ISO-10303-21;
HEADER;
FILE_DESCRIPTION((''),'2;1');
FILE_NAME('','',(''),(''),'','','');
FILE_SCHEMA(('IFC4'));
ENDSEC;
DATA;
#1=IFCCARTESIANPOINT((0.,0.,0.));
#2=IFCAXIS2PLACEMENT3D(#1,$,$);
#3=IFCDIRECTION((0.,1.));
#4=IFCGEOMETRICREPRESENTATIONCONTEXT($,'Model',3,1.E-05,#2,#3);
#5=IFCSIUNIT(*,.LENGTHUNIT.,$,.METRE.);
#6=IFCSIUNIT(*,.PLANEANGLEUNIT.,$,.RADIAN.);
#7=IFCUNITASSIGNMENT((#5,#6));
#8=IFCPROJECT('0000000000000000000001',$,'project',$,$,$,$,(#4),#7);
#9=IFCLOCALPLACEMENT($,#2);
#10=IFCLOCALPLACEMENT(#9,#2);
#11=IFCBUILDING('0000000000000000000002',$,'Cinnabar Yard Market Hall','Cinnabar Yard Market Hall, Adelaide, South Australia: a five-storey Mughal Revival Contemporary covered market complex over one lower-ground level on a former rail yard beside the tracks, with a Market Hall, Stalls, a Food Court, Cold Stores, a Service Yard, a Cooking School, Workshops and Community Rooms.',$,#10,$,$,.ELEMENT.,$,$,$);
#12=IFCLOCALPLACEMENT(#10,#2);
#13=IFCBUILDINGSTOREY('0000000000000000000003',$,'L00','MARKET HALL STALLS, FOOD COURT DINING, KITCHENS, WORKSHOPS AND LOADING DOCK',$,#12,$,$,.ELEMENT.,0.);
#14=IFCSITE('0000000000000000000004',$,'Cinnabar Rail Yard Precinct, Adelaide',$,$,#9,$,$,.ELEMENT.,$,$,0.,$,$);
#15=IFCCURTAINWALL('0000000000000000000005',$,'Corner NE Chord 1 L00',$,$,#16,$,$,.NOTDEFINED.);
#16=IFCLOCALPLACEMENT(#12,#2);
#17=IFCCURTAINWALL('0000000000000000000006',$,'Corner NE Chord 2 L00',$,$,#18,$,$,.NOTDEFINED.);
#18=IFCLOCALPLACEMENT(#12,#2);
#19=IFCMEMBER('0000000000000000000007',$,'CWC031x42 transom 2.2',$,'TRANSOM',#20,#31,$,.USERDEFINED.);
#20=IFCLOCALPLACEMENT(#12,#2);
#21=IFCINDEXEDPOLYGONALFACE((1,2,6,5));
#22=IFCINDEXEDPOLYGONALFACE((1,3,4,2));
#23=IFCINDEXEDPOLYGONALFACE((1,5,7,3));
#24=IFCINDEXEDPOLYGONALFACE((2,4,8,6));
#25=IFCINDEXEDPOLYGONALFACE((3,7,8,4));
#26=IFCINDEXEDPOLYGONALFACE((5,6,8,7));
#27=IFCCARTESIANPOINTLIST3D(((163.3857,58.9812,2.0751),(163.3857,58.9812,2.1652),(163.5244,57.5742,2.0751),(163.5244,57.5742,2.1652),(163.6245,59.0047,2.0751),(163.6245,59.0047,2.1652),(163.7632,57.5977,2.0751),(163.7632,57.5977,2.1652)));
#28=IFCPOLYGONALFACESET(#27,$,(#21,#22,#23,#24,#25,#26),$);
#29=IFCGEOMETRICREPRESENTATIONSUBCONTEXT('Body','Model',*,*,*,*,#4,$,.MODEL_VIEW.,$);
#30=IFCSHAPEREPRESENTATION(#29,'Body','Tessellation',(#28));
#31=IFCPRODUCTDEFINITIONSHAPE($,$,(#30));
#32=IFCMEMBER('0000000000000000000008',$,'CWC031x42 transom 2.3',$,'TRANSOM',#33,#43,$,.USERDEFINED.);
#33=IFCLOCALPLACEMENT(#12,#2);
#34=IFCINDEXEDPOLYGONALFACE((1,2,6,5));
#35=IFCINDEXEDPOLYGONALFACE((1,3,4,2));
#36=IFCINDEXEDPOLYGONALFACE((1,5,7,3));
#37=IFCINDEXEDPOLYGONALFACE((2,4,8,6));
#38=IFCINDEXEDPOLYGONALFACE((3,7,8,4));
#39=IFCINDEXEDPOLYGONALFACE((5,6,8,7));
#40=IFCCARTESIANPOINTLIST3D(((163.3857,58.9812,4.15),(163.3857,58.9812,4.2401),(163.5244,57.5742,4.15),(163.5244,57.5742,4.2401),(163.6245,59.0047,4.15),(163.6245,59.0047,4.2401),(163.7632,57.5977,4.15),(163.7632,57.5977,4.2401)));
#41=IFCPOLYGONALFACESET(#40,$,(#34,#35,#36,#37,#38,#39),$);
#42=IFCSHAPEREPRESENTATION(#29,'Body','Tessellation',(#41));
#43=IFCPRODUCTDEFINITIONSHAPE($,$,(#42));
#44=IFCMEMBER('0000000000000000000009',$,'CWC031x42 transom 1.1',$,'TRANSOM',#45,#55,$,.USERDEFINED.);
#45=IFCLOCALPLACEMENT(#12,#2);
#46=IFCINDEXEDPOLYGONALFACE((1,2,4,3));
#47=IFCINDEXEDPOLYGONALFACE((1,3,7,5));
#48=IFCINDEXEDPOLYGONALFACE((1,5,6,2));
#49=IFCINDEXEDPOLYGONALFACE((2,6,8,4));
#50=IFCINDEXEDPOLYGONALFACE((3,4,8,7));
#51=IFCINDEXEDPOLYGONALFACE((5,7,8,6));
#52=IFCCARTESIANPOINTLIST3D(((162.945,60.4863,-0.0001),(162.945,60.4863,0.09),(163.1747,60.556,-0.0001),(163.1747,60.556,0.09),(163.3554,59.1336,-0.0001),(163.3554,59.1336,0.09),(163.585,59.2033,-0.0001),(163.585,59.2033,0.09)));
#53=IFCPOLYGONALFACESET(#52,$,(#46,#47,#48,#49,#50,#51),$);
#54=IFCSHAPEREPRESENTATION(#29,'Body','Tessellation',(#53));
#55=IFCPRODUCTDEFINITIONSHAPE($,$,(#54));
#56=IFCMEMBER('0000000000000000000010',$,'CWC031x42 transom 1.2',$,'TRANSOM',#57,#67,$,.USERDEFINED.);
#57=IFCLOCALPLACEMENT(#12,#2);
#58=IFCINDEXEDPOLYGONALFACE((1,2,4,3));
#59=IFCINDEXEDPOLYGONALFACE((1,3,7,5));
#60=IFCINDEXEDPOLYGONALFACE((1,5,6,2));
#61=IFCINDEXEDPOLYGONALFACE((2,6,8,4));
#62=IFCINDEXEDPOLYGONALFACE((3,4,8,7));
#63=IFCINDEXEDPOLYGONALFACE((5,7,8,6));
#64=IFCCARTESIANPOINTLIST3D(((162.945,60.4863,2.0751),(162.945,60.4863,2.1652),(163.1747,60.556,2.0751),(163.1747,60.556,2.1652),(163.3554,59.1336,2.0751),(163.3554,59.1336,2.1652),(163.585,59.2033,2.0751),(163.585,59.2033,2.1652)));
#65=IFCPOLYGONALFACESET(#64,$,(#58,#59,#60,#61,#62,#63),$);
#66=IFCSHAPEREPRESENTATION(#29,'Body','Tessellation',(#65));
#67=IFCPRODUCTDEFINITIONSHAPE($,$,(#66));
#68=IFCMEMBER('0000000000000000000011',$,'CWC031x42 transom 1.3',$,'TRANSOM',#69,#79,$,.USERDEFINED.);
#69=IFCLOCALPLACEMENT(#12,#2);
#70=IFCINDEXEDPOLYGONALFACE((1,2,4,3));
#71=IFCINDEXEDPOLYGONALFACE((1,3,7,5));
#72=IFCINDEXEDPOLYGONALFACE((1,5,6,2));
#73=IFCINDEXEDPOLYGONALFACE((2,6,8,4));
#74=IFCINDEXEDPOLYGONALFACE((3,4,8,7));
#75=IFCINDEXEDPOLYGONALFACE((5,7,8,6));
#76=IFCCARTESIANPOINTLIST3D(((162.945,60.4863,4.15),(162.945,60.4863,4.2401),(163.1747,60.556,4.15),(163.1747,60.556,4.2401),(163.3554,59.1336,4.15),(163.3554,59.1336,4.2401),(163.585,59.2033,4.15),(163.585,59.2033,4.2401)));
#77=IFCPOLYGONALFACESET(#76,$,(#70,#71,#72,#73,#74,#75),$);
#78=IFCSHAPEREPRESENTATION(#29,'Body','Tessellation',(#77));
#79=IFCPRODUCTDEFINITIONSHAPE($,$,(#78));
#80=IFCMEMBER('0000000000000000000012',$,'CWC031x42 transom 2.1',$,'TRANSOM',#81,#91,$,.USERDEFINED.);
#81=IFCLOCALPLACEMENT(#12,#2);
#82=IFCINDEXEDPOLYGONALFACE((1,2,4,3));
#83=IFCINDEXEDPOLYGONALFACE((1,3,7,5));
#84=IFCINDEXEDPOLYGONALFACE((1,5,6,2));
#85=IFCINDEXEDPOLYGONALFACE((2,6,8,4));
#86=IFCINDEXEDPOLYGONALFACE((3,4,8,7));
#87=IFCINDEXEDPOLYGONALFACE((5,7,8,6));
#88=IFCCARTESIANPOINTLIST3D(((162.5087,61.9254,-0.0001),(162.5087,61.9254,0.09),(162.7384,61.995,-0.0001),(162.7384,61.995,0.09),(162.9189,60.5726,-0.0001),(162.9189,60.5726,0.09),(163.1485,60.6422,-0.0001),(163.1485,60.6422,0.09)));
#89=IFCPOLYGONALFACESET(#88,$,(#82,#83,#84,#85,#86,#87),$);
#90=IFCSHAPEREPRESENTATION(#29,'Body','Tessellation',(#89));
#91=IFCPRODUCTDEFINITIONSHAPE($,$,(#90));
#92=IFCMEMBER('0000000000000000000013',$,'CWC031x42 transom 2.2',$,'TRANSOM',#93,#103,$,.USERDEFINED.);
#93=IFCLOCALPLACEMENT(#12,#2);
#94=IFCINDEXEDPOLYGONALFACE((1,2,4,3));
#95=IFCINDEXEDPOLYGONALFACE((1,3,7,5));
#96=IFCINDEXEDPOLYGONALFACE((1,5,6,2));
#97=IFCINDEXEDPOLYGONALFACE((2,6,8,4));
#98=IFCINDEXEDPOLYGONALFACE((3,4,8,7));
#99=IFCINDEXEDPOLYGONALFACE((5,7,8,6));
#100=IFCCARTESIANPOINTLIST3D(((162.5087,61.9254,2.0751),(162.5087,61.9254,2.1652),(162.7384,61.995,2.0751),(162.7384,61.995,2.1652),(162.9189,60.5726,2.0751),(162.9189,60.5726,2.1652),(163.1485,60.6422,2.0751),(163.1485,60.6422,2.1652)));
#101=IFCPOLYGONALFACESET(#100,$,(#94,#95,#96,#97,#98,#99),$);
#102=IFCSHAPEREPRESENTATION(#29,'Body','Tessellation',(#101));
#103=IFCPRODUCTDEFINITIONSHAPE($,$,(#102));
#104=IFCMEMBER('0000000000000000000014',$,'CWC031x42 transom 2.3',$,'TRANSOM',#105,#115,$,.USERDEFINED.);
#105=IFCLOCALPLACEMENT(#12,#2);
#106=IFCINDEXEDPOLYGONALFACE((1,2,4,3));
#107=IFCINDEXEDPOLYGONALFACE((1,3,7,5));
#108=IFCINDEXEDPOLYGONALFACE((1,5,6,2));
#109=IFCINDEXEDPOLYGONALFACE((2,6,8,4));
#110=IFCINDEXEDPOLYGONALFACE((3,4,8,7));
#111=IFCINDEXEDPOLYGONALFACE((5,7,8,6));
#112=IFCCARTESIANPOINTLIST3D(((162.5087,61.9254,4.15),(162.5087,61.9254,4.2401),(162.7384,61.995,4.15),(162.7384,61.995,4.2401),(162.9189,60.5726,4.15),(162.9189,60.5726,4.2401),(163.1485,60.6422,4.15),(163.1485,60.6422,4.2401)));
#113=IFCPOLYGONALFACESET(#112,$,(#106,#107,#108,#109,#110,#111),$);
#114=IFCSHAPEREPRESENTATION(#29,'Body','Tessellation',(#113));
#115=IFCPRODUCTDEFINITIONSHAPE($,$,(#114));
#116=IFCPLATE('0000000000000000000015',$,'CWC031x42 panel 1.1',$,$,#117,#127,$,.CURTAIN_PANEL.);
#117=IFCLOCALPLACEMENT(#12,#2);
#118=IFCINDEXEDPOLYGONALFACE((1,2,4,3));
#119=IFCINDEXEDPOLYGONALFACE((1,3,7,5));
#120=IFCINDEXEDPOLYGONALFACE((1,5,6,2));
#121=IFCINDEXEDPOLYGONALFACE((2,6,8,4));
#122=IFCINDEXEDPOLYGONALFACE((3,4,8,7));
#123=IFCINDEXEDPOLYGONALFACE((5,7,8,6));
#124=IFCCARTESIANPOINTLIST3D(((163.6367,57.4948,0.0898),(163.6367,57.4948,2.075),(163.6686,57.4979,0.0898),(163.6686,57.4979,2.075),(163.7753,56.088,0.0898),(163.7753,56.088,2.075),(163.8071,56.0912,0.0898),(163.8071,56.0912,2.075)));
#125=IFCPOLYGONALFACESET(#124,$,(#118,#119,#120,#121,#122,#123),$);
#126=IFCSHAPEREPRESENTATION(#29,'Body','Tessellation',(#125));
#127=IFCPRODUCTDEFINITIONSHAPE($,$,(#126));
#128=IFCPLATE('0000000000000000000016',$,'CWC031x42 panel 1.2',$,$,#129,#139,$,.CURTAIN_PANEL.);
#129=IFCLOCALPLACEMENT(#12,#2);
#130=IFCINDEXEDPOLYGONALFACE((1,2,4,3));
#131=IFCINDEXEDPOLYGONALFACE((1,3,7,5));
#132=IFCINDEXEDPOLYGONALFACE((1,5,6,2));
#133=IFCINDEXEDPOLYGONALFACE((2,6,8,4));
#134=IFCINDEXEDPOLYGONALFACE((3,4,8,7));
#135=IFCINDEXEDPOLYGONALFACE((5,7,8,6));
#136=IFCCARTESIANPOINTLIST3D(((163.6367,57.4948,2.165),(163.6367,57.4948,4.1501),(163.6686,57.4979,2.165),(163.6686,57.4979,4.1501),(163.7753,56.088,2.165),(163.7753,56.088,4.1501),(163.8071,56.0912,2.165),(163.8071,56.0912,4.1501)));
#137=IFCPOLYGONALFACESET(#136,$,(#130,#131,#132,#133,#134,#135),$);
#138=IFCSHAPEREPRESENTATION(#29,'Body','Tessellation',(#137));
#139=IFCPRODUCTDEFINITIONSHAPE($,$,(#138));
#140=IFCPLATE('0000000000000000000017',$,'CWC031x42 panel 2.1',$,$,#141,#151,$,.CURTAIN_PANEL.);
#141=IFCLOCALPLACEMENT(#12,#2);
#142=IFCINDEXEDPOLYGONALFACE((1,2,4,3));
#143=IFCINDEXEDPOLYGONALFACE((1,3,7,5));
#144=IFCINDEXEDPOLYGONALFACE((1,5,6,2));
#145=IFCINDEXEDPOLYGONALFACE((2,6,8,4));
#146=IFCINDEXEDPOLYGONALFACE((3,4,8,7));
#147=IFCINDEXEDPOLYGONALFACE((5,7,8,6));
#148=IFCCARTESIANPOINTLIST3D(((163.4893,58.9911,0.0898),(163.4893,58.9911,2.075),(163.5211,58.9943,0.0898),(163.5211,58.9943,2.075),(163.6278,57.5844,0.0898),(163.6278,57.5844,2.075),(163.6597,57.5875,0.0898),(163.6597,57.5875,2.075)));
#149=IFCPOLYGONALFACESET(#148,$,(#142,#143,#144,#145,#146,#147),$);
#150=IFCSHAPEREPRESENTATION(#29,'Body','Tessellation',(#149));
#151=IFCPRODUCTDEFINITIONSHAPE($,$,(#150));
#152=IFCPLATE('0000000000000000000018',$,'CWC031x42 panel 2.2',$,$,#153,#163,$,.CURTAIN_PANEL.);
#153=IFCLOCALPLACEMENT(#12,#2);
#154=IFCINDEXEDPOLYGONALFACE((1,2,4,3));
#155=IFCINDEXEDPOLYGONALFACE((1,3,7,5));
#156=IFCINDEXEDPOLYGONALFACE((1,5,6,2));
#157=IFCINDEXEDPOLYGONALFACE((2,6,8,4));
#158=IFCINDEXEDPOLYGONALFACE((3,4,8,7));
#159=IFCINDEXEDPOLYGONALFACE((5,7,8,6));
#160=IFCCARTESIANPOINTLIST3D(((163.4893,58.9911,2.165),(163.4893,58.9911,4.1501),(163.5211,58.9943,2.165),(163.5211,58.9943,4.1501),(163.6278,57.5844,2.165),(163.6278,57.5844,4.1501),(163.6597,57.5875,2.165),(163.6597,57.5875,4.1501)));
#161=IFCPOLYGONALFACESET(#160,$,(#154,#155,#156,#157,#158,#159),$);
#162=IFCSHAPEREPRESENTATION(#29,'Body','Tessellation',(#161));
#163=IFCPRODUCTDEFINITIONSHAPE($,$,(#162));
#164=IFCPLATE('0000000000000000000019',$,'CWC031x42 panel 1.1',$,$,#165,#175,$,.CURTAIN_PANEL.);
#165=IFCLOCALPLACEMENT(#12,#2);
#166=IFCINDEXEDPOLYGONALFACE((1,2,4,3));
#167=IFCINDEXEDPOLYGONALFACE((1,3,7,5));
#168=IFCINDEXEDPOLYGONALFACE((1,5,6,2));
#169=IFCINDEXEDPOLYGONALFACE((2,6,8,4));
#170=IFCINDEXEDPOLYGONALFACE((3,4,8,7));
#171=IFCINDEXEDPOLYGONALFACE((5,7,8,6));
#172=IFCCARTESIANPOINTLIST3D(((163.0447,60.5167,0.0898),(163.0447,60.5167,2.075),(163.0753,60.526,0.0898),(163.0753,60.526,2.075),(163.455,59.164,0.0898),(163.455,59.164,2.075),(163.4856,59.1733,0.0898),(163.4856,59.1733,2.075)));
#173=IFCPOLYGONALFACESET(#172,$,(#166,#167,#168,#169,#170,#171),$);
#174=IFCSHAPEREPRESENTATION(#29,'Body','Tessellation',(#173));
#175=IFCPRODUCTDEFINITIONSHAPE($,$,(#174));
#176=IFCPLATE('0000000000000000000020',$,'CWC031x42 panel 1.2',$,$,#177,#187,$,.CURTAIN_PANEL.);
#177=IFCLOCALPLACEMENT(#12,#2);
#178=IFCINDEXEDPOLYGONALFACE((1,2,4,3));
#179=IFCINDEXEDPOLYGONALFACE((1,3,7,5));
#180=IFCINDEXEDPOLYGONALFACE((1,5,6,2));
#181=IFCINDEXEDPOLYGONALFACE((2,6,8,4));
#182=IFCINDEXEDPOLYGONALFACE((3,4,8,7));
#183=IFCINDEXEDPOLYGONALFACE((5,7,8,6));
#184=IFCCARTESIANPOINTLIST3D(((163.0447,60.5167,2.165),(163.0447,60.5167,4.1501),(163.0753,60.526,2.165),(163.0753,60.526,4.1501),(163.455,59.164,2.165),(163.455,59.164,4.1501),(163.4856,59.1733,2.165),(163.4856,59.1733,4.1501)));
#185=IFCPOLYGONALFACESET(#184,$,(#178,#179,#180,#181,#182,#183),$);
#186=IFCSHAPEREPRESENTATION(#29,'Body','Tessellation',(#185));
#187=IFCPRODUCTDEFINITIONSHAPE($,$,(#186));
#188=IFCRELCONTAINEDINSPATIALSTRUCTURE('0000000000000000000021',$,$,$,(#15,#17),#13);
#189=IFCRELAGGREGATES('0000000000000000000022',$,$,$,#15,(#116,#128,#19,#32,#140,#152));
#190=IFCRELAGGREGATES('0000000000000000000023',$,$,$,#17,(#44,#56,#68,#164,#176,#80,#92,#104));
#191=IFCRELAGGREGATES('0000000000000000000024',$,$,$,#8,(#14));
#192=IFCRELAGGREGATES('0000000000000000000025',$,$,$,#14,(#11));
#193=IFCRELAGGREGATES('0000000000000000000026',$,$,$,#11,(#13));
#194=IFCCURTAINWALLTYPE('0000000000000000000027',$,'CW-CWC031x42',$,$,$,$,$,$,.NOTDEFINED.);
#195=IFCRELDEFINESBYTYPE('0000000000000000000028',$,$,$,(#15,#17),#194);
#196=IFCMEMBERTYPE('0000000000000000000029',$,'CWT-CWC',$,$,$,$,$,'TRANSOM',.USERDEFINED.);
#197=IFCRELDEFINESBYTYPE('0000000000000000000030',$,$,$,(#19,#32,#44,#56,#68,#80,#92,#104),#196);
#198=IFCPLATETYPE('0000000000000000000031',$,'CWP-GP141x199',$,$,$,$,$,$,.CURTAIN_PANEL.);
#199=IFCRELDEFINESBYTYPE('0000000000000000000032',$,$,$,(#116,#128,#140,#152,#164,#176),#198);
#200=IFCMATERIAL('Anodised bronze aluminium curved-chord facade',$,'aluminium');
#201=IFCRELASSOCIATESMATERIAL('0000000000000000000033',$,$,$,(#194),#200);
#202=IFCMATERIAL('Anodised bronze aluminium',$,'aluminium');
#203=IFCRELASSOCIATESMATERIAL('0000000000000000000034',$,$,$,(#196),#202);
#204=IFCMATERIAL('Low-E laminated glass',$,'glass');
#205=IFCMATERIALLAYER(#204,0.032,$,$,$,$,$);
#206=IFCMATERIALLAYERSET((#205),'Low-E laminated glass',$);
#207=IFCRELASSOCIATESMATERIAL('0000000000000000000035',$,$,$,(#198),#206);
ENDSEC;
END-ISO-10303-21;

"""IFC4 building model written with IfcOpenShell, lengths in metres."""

from ifc_helpers import new_model, si_unit, direction, frame, origin, origin_2d_with_axis, place, context, subcontext, project, spatial, rectangle, extrude, material, layer, layer_set, material_profile, profile_set, type_object, element, aggregate, save


model = new_model("IFC4")

# Units and contexts
model_context = context("Model", 3, precision=1e-05, world=origin(), true_north=direction((0.0, 1.0)))
body_context = subcontext(model_context, "Body", "Model", "MODEL_VIEW")
ifc_project = project(units=[si_unit("LENGTHUNIT", "METRE"), si_unit("PLANEANGLEUNIT", "RADIAN")], contexts=[model_context])

# Site, building, storey
site_placement = place(None, origin())
site = spatial("IfcSite", under=ifc_project, at=site_placement, Name="Cinnabar Rail Yard Precinct, Adelaide", CompositionType="ELEMENT", RefElevation=0.0)
building_placement = place(site_placement, origin())
building = spatial("IfcBuilding", under=site, at=building_placement, Name="Cinnabar Yard Market Hall", Description="Cinnabar Yard Market Hall, Adelaide, South Australia: a five-storey Mughal Revival Contemporary covered market complex over one lower-ground level on a former rail yard beside the tracks, with a Market Hall, Stalls, a Food Court, Cold Stores, a Service Yard, a Cooking School, Workshops and Community Rooms.", CompositionType="ELEMENT")
storey_placement = place(building_placement, origin())
storey = spatial("IfcBuildingStorey", under=building, at=storey_placement, Name="L00", Description="MARKET HALL STALLS, FOOD COURT DINING, KITCHENS, WORKSHOPS AND LOADING DOCK", CompositionType="ELEMENT", Elevation=0.0)

# Curtain walls
ifc_material_1 = material(Name="Anodised bronze aluminium curved-chord facade", Category="aluminium")
curtain_wall_type = type_object("IfcCurtainWallType", Name="CW-CWC031x42", PredefinedType="NOTDEFINED", material=ifc_material_1)
curtain_wall_1_placement = place(storey_placement, origin())
curtain_wall_1 = element("IfcCurtainWall", 1, at=curtain_wall_1_placement, inside=storey, type_object=curtain_wall_type, Name="Corner NE Chord 1 L00", PredefinedType="NOTDEFINED")
ifc_material_2 = material(Name="Anodised bronze aluminium", Category="aluminium")
curtain_wall_2_placement = place(storey_placement, origin())
curtain_wall_2 = element("IfcCurtainWall", 2, at=curtain_wall_2_placement, inside=storey, type_object=curtain_wall_type, Name="Corner NE Chord 2 L00", PredefinedType="NOTDEFINED")

# Members
ifc_material_profile_1 = material_profile(ifc_material_2, rectangle(XDim=0.24, YDim=0.0901, at=origin_2d_with_axis()), Name="TRN-CWC")
ifc_profile_set_1 = profile_set([ifc_material_profile_1], Name="Anodised bronze aluminium")
member_type_1 = type_object("IfcMemberType", Name="CWT-CWC", ElementType="TRANSOM", PredefinedType="USERDEFINED", material=ifc_profile_set_1)
member_1_placement = place(storey_placement, frame((163.6438, 57.5859, 2.1201), z_axis=(-0.098085, 0.995178, 0.0), x_axis=(-0.995178, -0.098085, 0.0)))
member_1 = element("IfcMember", 3, at=member_1_placement, type_object=member_type_1, Name="CWC031x42 transom 2.2", ObjectType="TRANSOM", PredefinedType="USERDEFINED", context=body_context, shape_type="SweptSolid", body=[
    extrude(rectangle(XDim=0.24, YDim=0.0901, at=origin_2d_with_axis()), origin(), (0.0, 0.0, 1.0), 1.4138),
])
member_2_placement = place(storey_placement, frame((163.6438, 57.5859, 4.1951), z_axis=(-0.098085, 0.995178, 0.0), x_axis=(-0.995178, -0.098085, 0.0)))
member_2 = element("IfcMember", 4, at=member_2_placement, type_object=member_type_1, Name="CWC031x42 transom 2.3", ObjectType="TRANSOM", PredefinedType="USERDEFINED", context=body_context, shape_type="SweptSolid", body=[
    extrude(rectangle(XDim=0.24, YDim=0.0901, at=origin_2d_with_axis()), origin(), (0.0, 0.0, 1.0), 1.4138),
])
member_3_placement = place(storey_placement, frame((163.4702, 59.1685, 0.0449), z_axis=(-0.290309, 0.956933, 0.0), x_axis=(-0.956933, -0.290309, 0.0)))
member_3 = element("IfcMember", 5, at=member_3_placement, type_object=member_type_1, Name="CWC031x42 transom 1.1", ObjectType="TRANSOM", PredefinedType="USERDEFINED", context=body_context, shape_type="SweptSolid", body=[
    extrude(rectangle(XDim=0.24, YDim=0.0901, at=origin_2d_with_axis()), origin(), (0.0, 0.0, 1.0), 1.4136),
])
member_4_placement = place(storey_placement, frame((163.4702, 59.1685, 2.1201), z_axis=(-0.290309, 0.956933, 0.0), x_axis=(-0.956933, -0.290309, 0.0)))
member_4 = element("IfcMember", 6, at=member_4_placement, type_object=member_type_1, Name="CWC031x42 transom 1.2", ObjectType="TRANSOM", PredefinedType="USERDEFINED", context=body_context, shape_type="SweptSolid", body=[
    extrude(rectangle(XDim=0.24, YDim=0.0901, at=origin_2d_with_axis()), origin(), (0.0, 0.0, 1.0), 1.4136),
])
member_5_placement = place(storey_placement, frame((163.4702, 59.1685, 4.1951), z_axis=(-0.290309, 0.956933, 0.0), x_axis=(-0.956933, -0.290309, 0.0)))
member_5 = element("IfcMember", 7, at=member_5_placement, type_object=member_type_1, Name="CWC031x42 transom 1.3", ObjectType="TRANSOM", PredefinedType="USERDEFINED", context=body_context, shape_type="SweptSolid", body=[
    extrude(rectangle(XDim=0.24, YDim=0.0901, at=origin_2d_with_axis()), origin(), (0.0, 0.0, 1.0), 1.4136),
])
member_6_placement = place(storey_placement, frame((163.0337, 60.6074, 0.0449), z_axis=(-0.290151, 0.956981, 0.0), x_axis=(-0.956981, -0.290151, 0.0)))
member_6 = element("IfcMember", 8, at=member_6_placement, type_object=member_type_1, Name="CWC031x42 transom 2.1", ObjectType="TRANSOM", PredefinedType="USERDEFINED", context=body_context, shape_type="SweptSolid", body=[
    extrude(rectangle(XDim=0.24, YDim=0.0901, at=origin_2d_with_axis()), origin(), (0.0, 0.0, 1.0), 1.4136),
])
member_7_placement = place(storey_placement, frame((163.0337, 60.6074, 2.1201), z_axis=(-0.290151, 0.956981, 0.0), x_axis=(-0.956981, -0.290151, 0.0)))
member_7 = element("IfcMember", 9, at=member_7_placement, type_object=member_type_1, Name="CWC031x42 transom 2.2", ObjectType="TRANSOM", PredefinedType="USERDEFINED", context=body_context, shape_type="SweptSolid", body=[
    extrude(rectangle(XDim=0.24, YDim=0.0901, at=origin_2d_with_axis()), origin(), (0.0, 0.0, 1.0), 1.4136),
])
member_8_placement = place(storey_placement, frame((163.0337, 60.6074, 4.1951), z_axis=(-0.290151, 0.956981, 0.0), x_axis=(-0.956981, -0.290151, 0.0)))
member_8 = element("IfcMember", 10, at=member_8_placement, type_object=member_type_1, Name="CWC031x42 transom 2.3", ObjectType="TRANSOM", PredefinedType="USERDEFINED", context=body_context, shape_type="SweptSolid", body=[
    extrude(rectangle(XDim=0.24, YDim=0.0901, at=origin_2d_with_axis()), origin(), (0.0, 0.0, 1.0), 1.4136),
])

# Plates
ifc_material_3 = material(Name="Low-E laminated glass", Category="glass")
ifc_layer_1 = layer(ifc_material_3, 0.032)
ifc_layer_set_1 = layer_set([ifc_layer_1], Name="Low-E laminated glass")
plate_type = type_object("IfcPlateType", Name="CWP-GP141x199", PredefinedType="CURTAIN_PANEL", material=ifc_layer_set_1)
plate_1_placement = place(storey_placement, frame((163.7219, 56.793, 0.0898), z_axis=(0.0, 0.0, 1.0), x_axis=(-0.09802, 0.995184, 0.0)))
plate_1 = element("IfcPlate", 11, at=plate_1_placement, type_object=plate_type, Name="CWC031x42 panel 1.1", PredefinedType="CURTAIN_PANEL", context=body_context, shape_type="SweptSolid", body=[
    extrude(rectangle(XDim=1.4136, YDim=0.032, at=origin_2d_with_axis()), origin(), (0.0, 0.0, 1.0), 1.9851),
])
plate_2_placement = place(storey_placement, frame((163.7219, 56.793, 2.165), z_axis=(0.0, 0.0, 1.0), x_axis=(-0.09802, 0.995184, 0.0)))
plate_2 = element("IfcPlate", 12, at=plate_2_placement, type_object=plate_type, Name="CWC031x42 panel 1.2", PredefinedType="CURTAIN_PANEL", context=body_context, shape_type="SweptSolid", body=[
    extrude(rectangle(XDim=1.4136, YDim=0.032, at=origin_2d_with_axis()), origin(), (0.0, 0.0, 1.0), 1.9851),
])
plate_3_placement = place(storey_placement, frame((163.5745, 58.2893, 0.0898), z_axis=(0.0, 0.0, 1.0), x_axis=(-0.09802, 0.995184, 0.0)))
plate_3 = element("IfcPlate", 13, at=plate_3_placement, type_object=plate_type, Name="CWC031x42 panel 2.1", PredefinedType="CURTAIN_PANEL", context=body_context, shape_type="SweptSolid", body=[
    extrude(rectangle(XDim=1.4136, YDim=0.032, at=origin_2d_with_axis()), origin(), (0.0, 0.0, 1.0), 1.9851),
])
plate_4_placement = place(storey_placement, frame((163.5745, 58.2893, 2.165), z_axis=(0.0, 0.0, 1.0), x_axis=(-0.09802, 0.995184, 0.0)))
plate_4 = element("IfcPlate", 14, at=plate_4_placement, type_object=plate_type, Name="CWC031x42 panel 2.2", PredefinedType="CURTAIN_PANEL", context=body_context, shape_type="SweptSolid", body=[
    extrude(rectangle(XDim=1.4136, YDim=0.032, at=origin_2d_with_axis()), origin(), (0.0, 0.0, 1.0), 1.9851),
])
aggregate(curtain_wall_1, [plate_1, plate_2, member_1, member_2, plate_3, plate_4])
plate_5_placement = place(storey_placement, frame((163.2651, 59.845, 0.0898), z_axis=(0.0, 0.0, 1.0), x_axis=(-0.290279, 0.956942, 0.0)))
plate_5 = element("IfcPlate", 15, at=plate_5_placement, type_object=plate_type, Name="CWC031x42 panel 1.1", PredefinedType="CURTAIN_PANEL", context=body_context, shape_type="SweptSolid", body=[
    extrude(rectangle(XDim=1.4136, YDim=0.032, at=origin_2d_with_axis()), origin(), (0.0, 0.0, 1.0), 1.9851),
])
plate_6_placement = place(storey_placement, frame((163.2651, 59.845, 2.165), z_axis=(0.0, 0.0, 1.0), x_axis=(-0.290279, 0.956942, 0.0)))
plate_6 = element("IfcPlate", 16, at=plate_6_placement, type_object=plate_type, Name="CWC031x42 panel 1.2", PredefinedType="CURTAIN_PANEL", context=body_context, shape_type="SweptSolid", body=[
    extrude(rectangle(XDim=1.4136, YDim=0.032, at=origin_2d_with_axis()), origin(), (0.0, 0.0, 1.0), 1.9851),
])
aggregate(curtain_wall_2, [member_3, member_4, member_5, plate_5, plate_6, member_6, member_7, member_8])

save(model, "model.ifc")
